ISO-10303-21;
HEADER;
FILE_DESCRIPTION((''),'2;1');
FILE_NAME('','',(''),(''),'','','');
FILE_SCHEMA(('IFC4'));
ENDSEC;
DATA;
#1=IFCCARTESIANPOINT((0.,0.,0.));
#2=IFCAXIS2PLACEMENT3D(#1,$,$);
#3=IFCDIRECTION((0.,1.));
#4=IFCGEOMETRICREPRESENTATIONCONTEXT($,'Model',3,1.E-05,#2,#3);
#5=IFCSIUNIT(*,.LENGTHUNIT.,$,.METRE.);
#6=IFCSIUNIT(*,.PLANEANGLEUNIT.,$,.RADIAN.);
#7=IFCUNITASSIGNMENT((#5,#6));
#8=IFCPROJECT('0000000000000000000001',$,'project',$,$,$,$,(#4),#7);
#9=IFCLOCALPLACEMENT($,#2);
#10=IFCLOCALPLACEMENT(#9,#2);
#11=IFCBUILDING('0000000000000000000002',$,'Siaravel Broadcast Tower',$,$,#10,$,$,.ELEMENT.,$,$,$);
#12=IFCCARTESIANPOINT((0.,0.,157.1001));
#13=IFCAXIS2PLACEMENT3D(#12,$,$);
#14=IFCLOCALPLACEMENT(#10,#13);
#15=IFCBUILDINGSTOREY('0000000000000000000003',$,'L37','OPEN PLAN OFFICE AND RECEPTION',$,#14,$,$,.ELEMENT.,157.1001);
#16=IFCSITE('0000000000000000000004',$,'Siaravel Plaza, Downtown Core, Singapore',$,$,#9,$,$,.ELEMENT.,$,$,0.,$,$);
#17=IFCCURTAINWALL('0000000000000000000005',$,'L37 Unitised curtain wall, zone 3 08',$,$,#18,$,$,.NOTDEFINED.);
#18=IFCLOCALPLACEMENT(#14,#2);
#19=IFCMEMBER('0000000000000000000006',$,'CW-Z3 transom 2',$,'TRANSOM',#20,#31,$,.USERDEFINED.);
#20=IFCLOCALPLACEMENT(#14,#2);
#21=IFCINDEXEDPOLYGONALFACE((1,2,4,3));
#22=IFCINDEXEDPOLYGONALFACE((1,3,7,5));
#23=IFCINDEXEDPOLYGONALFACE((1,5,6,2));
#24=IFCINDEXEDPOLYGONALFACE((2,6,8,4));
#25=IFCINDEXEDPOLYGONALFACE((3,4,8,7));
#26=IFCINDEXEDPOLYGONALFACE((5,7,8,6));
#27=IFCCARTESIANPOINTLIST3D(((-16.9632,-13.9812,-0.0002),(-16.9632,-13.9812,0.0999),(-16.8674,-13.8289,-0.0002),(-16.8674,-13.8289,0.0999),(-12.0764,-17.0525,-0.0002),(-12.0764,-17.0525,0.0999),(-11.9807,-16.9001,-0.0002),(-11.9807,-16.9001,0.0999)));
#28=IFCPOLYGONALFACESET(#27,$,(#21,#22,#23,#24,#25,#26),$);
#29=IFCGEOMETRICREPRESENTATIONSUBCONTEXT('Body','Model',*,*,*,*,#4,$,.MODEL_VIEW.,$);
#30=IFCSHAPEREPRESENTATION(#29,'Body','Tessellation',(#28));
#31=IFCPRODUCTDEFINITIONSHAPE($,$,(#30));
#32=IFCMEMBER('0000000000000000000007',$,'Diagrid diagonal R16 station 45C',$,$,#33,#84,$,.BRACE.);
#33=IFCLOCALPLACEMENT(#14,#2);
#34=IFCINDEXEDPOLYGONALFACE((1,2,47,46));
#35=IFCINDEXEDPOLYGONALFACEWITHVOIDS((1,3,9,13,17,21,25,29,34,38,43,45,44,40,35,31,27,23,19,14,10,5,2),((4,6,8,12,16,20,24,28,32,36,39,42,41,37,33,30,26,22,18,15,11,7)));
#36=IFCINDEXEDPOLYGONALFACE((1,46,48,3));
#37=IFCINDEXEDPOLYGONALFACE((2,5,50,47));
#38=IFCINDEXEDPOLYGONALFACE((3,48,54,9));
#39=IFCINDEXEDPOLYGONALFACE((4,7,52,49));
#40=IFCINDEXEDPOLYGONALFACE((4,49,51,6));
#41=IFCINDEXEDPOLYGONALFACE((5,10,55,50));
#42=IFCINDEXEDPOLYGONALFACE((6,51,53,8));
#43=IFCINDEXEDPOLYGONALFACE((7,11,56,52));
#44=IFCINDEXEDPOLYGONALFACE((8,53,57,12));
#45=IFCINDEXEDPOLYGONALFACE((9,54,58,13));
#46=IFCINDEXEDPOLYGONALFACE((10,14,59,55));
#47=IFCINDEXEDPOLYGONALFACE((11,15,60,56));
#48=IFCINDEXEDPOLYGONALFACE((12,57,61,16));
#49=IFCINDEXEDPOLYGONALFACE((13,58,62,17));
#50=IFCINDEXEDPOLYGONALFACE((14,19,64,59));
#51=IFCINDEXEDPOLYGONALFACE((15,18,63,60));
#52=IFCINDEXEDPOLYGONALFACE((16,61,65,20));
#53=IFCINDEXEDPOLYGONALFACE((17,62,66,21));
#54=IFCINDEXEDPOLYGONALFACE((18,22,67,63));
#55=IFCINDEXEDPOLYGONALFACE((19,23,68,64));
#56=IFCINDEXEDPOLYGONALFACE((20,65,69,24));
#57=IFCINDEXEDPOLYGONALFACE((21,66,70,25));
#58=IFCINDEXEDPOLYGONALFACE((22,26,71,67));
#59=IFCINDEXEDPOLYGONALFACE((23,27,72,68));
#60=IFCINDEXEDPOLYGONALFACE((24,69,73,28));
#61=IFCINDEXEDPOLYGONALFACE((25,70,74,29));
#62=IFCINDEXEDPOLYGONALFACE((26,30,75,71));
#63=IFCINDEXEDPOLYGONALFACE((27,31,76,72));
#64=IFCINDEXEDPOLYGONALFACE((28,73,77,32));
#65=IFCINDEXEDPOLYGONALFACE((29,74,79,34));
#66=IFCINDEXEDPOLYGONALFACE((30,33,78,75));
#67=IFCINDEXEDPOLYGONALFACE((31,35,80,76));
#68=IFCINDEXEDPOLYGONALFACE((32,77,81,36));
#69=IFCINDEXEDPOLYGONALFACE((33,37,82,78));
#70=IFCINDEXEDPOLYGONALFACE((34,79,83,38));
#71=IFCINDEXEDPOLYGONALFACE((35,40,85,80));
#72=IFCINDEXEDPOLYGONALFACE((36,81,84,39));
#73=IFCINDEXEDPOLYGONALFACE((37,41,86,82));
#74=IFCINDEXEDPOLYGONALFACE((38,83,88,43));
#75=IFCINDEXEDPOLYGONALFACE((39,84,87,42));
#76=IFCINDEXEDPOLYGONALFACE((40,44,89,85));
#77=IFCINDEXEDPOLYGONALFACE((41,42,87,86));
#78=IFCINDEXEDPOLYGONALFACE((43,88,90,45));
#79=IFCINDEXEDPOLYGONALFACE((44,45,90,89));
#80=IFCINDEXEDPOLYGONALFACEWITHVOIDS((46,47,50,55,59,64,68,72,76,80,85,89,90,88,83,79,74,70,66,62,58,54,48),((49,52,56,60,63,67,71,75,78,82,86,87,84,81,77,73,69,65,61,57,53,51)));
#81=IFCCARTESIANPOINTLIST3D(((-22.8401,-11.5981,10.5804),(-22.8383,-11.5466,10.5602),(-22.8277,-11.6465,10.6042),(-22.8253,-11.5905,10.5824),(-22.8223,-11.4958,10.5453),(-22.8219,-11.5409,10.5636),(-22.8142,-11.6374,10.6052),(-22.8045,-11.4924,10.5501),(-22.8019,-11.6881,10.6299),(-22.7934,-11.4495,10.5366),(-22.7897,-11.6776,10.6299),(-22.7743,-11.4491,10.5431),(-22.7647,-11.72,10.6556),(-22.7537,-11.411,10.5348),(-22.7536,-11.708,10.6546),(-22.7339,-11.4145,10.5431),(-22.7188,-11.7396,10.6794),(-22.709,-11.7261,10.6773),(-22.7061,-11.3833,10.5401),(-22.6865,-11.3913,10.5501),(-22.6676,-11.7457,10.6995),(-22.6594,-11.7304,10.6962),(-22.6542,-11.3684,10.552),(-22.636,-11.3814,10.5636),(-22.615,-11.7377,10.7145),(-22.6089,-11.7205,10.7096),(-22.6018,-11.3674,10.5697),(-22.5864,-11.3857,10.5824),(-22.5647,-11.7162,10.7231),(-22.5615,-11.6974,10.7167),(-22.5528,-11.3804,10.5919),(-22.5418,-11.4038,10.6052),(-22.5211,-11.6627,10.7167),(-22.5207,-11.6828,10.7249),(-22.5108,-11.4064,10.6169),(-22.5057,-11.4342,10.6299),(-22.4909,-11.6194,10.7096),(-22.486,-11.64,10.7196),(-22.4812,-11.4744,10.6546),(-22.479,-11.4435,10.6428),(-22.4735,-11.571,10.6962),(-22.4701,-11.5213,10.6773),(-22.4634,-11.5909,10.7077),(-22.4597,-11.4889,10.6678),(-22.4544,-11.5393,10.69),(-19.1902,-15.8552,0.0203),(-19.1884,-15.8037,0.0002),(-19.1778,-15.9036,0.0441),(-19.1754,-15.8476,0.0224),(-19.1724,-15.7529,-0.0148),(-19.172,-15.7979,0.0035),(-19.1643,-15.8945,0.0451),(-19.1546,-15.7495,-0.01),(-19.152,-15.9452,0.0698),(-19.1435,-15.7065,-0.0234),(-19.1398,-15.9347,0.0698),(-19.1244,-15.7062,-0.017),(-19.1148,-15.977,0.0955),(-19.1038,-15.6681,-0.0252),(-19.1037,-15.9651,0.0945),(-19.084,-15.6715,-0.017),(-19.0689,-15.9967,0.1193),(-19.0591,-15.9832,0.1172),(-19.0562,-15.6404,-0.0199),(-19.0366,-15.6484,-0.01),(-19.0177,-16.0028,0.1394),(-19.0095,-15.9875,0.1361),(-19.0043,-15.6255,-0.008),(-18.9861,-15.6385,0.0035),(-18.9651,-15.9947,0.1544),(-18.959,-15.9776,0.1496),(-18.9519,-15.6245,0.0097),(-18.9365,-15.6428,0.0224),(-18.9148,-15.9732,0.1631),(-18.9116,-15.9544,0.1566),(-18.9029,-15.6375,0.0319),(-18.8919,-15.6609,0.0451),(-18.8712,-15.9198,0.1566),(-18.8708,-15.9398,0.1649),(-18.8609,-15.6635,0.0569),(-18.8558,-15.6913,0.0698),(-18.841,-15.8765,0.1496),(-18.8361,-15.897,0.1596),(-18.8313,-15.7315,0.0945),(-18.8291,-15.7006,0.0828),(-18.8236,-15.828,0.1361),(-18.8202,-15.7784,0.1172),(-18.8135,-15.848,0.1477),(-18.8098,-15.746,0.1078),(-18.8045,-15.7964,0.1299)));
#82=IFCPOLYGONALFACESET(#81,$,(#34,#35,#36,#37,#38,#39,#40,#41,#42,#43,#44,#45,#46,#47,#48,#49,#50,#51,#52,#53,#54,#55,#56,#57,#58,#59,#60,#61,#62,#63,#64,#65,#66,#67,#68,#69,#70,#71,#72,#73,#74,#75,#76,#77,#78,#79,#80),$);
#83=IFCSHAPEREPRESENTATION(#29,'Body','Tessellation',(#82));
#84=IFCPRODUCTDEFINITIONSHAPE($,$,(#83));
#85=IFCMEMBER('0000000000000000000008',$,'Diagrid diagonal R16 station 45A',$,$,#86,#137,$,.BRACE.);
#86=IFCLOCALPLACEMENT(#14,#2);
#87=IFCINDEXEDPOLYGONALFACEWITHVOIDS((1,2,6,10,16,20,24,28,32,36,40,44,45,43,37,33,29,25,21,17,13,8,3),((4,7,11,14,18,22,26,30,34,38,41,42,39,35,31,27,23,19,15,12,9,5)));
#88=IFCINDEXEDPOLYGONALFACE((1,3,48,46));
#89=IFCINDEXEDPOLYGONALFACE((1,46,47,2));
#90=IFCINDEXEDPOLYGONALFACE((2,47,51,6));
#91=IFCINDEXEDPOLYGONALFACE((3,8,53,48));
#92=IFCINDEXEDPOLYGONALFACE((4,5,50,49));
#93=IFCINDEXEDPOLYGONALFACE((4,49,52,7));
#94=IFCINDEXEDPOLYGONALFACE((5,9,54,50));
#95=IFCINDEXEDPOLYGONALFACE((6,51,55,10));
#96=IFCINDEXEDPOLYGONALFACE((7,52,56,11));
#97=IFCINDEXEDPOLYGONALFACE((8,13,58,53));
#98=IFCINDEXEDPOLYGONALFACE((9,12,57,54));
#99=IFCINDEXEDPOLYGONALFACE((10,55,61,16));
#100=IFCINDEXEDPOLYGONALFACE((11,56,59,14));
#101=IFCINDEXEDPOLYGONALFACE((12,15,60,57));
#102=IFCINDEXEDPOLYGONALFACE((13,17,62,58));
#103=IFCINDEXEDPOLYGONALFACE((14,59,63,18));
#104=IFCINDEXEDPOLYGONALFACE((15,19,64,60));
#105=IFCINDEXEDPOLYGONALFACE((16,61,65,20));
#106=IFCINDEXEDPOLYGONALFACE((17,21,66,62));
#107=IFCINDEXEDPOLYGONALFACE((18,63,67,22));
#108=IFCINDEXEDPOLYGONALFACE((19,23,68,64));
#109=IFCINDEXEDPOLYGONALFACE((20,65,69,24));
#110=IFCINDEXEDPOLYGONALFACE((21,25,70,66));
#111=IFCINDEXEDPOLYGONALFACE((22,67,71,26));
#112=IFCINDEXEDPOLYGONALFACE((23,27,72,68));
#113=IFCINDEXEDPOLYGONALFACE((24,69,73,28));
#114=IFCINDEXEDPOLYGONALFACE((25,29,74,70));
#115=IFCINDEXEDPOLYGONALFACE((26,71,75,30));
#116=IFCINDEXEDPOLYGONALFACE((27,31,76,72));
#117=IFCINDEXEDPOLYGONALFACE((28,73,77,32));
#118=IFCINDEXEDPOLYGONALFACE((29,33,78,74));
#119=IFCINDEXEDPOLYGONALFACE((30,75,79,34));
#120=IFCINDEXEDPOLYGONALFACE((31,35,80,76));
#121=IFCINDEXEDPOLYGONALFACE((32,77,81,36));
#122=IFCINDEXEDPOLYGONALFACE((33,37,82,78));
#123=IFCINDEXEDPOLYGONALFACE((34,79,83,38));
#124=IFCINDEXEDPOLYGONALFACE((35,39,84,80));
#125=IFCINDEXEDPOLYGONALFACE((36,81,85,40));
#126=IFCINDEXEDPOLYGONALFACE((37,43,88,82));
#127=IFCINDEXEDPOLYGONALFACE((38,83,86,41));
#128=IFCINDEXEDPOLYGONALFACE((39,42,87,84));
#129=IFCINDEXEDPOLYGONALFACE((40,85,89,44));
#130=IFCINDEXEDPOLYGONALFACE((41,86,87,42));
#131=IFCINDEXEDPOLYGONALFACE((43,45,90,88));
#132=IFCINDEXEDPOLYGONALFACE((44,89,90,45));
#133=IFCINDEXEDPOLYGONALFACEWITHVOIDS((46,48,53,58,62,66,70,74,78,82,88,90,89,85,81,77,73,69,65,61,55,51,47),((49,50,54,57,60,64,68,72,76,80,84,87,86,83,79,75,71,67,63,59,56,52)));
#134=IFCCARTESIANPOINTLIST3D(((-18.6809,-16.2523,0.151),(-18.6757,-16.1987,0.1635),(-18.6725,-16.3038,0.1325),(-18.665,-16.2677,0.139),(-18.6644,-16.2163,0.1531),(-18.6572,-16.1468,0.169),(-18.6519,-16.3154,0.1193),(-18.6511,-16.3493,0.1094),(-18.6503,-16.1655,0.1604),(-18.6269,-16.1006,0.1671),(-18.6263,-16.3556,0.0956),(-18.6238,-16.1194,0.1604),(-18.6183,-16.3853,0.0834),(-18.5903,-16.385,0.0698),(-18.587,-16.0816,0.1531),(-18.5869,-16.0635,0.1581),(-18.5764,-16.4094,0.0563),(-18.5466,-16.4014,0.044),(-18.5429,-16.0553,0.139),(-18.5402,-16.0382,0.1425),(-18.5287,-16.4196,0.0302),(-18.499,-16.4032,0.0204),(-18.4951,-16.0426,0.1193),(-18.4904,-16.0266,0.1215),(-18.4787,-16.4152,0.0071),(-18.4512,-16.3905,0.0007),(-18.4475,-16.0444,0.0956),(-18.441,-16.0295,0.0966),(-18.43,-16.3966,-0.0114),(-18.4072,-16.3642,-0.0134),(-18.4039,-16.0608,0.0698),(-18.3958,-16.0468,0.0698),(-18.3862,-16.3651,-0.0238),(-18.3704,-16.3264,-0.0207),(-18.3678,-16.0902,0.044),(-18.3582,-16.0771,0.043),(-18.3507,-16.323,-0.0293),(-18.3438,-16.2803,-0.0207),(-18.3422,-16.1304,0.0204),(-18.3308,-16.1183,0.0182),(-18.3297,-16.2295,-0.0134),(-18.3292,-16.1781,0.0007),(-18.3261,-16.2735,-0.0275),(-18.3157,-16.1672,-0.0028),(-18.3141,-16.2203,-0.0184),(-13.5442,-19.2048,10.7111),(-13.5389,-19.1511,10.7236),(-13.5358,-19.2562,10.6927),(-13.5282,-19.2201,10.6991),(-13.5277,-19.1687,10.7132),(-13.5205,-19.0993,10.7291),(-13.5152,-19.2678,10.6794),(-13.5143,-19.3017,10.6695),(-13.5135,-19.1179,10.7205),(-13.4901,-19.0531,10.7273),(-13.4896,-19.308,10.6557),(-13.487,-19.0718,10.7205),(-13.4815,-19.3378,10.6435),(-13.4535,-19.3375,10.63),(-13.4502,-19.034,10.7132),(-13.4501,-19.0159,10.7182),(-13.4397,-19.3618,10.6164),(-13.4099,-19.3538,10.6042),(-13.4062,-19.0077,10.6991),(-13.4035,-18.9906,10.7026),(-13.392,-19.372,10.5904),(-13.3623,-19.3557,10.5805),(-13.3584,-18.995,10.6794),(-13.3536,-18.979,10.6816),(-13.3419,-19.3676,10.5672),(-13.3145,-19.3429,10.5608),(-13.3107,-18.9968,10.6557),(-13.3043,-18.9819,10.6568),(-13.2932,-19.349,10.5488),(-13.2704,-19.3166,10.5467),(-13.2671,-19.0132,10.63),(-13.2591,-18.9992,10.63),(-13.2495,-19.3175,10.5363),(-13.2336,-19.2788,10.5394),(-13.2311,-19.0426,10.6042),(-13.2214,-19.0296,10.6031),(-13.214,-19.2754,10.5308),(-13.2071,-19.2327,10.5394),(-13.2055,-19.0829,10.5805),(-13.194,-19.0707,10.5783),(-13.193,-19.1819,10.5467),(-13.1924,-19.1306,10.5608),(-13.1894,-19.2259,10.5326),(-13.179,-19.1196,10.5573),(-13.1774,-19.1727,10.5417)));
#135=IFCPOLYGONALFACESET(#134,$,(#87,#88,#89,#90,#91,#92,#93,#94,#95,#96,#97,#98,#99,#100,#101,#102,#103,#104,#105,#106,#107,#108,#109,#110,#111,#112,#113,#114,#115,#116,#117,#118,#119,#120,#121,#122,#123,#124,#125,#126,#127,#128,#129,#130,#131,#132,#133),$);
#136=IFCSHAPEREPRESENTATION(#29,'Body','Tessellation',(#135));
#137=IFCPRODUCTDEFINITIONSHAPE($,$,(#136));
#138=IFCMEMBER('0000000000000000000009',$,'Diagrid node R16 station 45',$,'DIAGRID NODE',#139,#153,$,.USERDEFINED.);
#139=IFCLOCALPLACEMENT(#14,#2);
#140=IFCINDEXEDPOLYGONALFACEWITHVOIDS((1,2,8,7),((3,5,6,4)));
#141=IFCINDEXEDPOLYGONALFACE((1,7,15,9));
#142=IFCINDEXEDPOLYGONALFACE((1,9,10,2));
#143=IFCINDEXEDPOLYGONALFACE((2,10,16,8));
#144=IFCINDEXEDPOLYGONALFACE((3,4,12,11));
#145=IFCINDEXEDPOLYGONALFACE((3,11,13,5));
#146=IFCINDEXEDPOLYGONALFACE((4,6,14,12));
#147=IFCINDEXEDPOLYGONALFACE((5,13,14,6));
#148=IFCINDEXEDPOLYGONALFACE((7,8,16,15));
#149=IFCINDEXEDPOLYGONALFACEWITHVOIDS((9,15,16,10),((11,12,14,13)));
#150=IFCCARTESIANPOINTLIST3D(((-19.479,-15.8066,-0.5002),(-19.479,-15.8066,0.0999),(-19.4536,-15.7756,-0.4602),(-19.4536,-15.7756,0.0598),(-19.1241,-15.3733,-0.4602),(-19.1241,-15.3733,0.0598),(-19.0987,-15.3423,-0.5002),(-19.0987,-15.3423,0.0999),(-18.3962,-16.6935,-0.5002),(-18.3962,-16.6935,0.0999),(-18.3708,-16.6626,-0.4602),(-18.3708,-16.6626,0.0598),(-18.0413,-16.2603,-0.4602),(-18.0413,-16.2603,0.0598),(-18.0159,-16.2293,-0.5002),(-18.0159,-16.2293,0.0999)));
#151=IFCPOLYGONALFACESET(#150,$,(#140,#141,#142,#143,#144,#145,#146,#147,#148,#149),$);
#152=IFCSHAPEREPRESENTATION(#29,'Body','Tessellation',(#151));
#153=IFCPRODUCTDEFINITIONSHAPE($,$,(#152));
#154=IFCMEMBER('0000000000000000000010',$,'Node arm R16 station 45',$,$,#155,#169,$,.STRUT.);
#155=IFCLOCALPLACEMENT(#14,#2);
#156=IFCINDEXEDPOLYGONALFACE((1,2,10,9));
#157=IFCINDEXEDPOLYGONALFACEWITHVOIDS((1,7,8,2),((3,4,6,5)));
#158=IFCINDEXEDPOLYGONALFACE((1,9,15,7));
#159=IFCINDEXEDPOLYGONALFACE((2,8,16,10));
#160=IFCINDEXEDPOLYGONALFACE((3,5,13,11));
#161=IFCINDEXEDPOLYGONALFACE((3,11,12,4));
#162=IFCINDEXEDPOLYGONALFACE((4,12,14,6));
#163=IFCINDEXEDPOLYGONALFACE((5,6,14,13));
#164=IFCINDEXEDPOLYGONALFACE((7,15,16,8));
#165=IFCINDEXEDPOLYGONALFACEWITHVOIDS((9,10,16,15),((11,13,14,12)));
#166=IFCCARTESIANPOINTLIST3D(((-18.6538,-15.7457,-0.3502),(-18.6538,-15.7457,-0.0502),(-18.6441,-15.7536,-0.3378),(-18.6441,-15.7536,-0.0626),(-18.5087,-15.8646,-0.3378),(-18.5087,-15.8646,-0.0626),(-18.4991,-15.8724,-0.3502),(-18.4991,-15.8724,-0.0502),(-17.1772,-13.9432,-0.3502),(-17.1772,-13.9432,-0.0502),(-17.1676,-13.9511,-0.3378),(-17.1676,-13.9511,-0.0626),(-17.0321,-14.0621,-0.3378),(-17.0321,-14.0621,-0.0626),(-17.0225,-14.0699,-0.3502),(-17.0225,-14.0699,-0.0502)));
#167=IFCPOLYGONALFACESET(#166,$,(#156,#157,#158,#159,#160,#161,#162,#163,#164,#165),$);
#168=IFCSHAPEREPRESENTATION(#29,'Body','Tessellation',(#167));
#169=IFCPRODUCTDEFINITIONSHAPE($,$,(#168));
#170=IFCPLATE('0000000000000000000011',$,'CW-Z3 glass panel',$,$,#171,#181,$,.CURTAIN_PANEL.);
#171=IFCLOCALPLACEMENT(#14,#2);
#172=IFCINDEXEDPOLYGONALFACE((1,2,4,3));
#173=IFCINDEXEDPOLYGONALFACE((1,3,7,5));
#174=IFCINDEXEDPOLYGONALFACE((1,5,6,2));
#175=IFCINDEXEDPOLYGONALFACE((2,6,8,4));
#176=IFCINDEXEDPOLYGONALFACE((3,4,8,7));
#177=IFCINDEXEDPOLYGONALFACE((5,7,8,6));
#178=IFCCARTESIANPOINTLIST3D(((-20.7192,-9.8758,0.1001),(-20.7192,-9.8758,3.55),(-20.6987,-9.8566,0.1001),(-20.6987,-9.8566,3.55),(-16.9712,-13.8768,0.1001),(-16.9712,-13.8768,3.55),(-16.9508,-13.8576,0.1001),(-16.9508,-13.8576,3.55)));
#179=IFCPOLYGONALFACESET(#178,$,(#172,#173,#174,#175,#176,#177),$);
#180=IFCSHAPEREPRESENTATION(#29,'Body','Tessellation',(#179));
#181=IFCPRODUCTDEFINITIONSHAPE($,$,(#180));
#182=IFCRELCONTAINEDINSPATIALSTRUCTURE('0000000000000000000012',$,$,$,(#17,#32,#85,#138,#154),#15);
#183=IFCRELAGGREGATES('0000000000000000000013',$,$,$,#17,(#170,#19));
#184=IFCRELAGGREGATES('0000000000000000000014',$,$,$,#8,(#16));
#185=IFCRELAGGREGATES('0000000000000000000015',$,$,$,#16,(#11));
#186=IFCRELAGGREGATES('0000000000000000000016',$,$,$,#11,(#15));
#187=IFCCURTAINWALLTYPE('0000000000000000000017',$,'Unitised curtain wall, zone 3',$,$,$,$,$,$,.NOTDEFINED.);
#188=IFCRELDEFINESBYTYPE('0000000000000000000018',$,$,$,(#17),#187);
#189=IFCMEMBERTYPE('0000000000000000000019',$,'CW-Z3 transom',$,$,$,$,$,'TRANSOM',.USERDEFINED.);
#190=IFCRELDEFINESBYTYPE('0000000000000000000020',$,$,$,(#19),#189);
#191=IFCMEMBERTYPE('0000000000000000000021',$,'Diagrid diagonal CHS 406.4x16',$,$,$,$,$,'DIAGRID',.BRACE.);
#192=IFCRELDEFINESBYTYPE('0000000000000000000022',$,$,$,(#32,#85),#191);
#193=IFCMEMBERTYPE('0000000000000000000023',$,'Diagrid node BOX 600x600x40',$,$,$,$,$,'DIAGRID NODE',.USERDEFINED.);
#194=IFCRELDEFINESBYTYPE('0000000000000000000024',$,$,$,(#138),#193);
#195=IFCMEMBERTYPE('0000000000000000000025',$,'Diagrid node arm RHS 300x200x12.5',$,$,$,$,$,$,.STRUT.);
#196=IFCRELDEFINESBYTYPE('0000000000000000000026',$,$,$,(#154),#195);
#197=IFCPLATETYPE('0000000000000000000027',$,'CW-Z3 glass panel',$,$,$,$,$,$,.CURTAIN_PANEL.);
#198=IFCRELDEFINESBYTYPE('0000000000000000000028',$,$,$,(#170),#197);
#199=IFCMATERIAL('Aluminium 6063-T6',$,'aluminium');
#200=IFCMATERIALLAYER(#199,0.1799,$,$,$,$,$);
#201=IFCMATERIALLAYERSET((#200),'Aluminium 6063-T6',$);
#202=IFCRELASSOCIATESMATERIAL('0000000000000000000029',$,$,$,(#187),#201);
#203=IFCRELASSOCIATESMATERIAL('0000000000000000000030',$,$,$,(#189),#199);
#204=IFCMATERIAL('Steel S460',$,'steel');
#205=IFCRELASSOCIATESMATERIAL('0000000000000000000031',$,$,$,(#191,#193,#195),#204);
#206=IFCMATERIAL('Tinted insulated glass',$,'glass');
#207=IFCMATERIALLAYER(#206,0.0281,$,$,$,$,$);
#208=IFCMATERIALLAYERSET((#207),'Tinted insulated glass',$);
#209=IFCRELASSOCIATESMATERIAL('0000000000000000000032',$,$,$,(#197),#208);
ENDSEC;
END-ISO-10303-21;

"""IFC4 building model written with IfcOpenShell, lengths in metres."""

from ifc_helpers import new_model, si_unit, direction, frame, origin, origin_2d, place, context, subcontext, project, spatial, rectangle, hollow_rectangle, hollow_circle, extrude, material, layer, layer_set, material_profile, profile_set, type_object, element, aggregate, save


model = new_model("IFC4")

# Units and contexts
model_context = context("Model", 3, precision=1e-05, world=origin(), true_north=direction((0.0, 1.0)))
body_context = subcontext(model_context, "Body", "Model", "MODEL_VIEW")
ifc_project = project(units=[si_unit("LENGTHUNIT", "METRE"), si_unit("PLANEANGLEUNIT", "RADIAN")], contexts=[model_context])

# Site, building, storey
site_placement = place(None, origin())
site = spatial("IfcSite", under=ifc_project, at=site_placement, Name="Siaravel Plaza, Downtown Core, Singapore", CompositionType="ELEMENT", RefElevation=0.0)
building_placement = place(site_placement, origin())
building = spatial("IfcBuilding", under=site, at=building_placement, Name="Siaravel Broadcast Tower", CompositionType="ELEMENT")
storey_placement = place(building_placement, frame((0.0, 0.0, 157.1001)))
storey = spatial("IfcBuildingStorey", under=building, at=storey_placement, Name="L37", Description="OPEN PLAN OFFICE AND RECEPTION", CompositionType="ELEMENT", Elevation=157.1001)

# Shared definitions
ifc_material_1 = material(Name="Aluminium 6063-T6", Category="aluminium")
ifc_layer_1 = layer(ifc_material_1, 0.1799)
ifc_layer_set_1 = layer_set([ifc_layer_1], Name="Aluminium 6063-T6")
curtain_wall_type = type_object("IfcCurtainWallType", Name="Unitised curtain wall, zone 3", PredefinedType="NOTDEFINED", material=ifc_layer_set_1)

# Curtain wall, member
curtain_wall_1_placement = place(storey_placement, origin())
curtain_wall_1 = element("IfcCurtainWall", 1, at=curtain_wall_1_placement, inside=storey, type_object=curtain_wall_type, Name="L37 Unitised curtain wall, zone 3 08", PredefinedType="NOTDEFINED")
ifc_material_profile_1 = material_profile(ifc_material_1, rectangle(XDim=0.1799, YDim=0.1001, at=origin_2d()))
ifc_profile_set_1 = profile_set([ifc_material_profile_1], Name="Aluminium 6063-T6")
member_type_1 = type_object("IfcMemberType", Name="CW-Z3 transom", ElementType="TRANSOM", PredefinedType="USERDEFINED", material=ifc_profile_set_1)
member_1_placement = place(storey_placement, frame((-16.9153, -13.905, 0.0498), z_axis=(0.846665, -0.532126, 0.0), x_axis=(0.532126, 0.846665, 0.0)))
member_1 = element("IfcMember", 2, at=member_1_placement, type_object=member_type_1, Name="CW-Z3 transom 2", ObjectType="TRANSOM", PredefinedType="USERDEFINED", context=body_context, shape_type="SweptSolid", body=[
    extrude(rectangle(XDim=0.1799, YDim=0.1001, at=origin_2d()), origin(), (0.0, 0.0, 1.0), 5.7717),
])

# Members
ifc_material_2 = material(Name="Steel S460", Category="steel")
ifc_material_profile_2 = material_profile(ifc_material_2, hollow_circle(Radius=0.2031, WallThickness=0.0161, at=origin_2d()))
ifc_profile_set_2 = profile_set([ifc_material_profile_2], Name="Steel S460")
member_type_2 = type_object("IfcMemberType", Name="Diagrid diagonal CHS 406.4x16", ElementType="DIAGRID", PredefinedType="BRACE", material=ifc_profile_set_2)
member_2_placement = place(storey_placement, frame((-18.9978, -15.813, 0.0698), z_axis=(-0.305264, 0.356046, 0.883202), x_axis=(-0.759171, -0.650892, 0.0)))
element("IfcMember", 3, at=member_2_placement, inside=storey, type_object=member_type_2, Name="Diagrid diagonal R16 station 45C", PredefinedType="BRACE", context=body_context, shape_type="SweptSolid", body=[
    extrude(hollow_circle(Radius=0.2031, WallThickness=0.0161, at=origin_2d()), origin(), (0.0, 0.0, 1.0), 11.9565),
])
member_3_placement = place(storey_placement, frame((-18.4971, -16.2229, 0.0698), z_axis=(0.424222, -0.243827, 0.872115), x_axis=(0.498316, 0.866995, 0.0)))
element("IfcMember", 4, at=member_3_placement, inside=storey, type_object=member_type_2, Name="Diagrid diagonal R16 station 45A", PredefinedType="BRACE", context=body_context, shape_type="SweptSolid", body=[
    extrude(hollow_circle(Radius=0.2031, WallThickness=0.0161, at=origin_2d()), origin(), (0.0, 0.0, 1.0), 12.1086),
])
ifc_material_profile_3 = material_profile(ifc_material_2, hollow_rectangle(XDim=0.6001, YDim=0.6001, WallThickness=0.04, at=origin_2d()))
ifc_profile_set_3 = profile_set([ifc_material_profile_3], Name="Steel S460")
member_type_3 = type_object("IfcMemberType", Name="Diagrid node BOX 600x600x40", ElementType="DIAGRID NODE", PredefinedType="USERDEFINED", material=ifc_profile_set_3)
member_4_placement = place(storey_placement, frame((-19.2888, -15.5745, -0.2002), z_axis=(0.773584, -0.633694, 0.0), x_axis=(0.633694, 0.773584, 0.0)))
element("IfcMember", 5, at=member_4_placement, inside=storey, type_object=member_type_3, Name="Diagrid node R16 station 45", ObjectType="DIAGRID NODE", PredefinedType="USERDEFINED", context=body_context, shape_type="SweptSolid", body=[
    extrude(hollow_rectangle(XDim=0.6001, YDim=0.6001, WallThickness=0.04, at=origin_2d()), origin(), (0.0, 0.0, 1.0), 1.3997),
])
ifc_material_profile_4 = material_profile(ifc_material_2, hollow_rectangle(XDim=0.2, YDim=0.3, WallThickness=0.0125, at=origin_2d()))
ifc_profile_set_4 = profile_set([ifc_material_profile_4], Name="Steel S460")
member_type_4 = type_object("IfcMemberType", Name="Diagrid node arm RHS 300x200x12.5", PredefinedType="STRUT", material=ifc_profile_set_4)
member_5_placement = place(storey_placement, frame((-17.0999, -14.0066, -0.2002), z_axis=(-0.6337, -0.773579, 0.0), x_axis=(0.773579, -0.6337, 0.0)))
element("IfcMember", 6, at=member_5_placement, inside=storey, type_object=member_type_4, Name="Node arm R16 station 45", PredefinedType="STRUT", context=body_context, shape_type="SweptSolid", body=[
    extrude(hollow_rectangle(XDim=0.2, YDim=0.3, WallThickness=0.0125, at=origin_2d()), origin(), (0.0, 0.0, 1.0), 2.3301),
])

# Plate
ifc_material_3 = material(Name="Tinted insulated glass", Category="glass")
ifc_layer_2 = layer(ifc_material_3, 0.0281)
ifc_layer_set_2 = layer_set([ifc_layer_2], Name="Tinted insulated glass")
plate_type = type_object("IfcPlateType", Name="CW-Z3 glass panel", PredefinedType="CURTAIN_PANEL", material=ifc_layer_set_2)
plate_1_placement = place(storey_placement, frame((-18.835, -11.8667, 0.1001), z_axis=(0.0, 0.0, 1.0), x_axis=(0.683654, -0.729806, 0.0)))
plate_1 = element("IfcPlate", 7, at=plate_1_placement, type_object=plate_type, Name="CW-Z3 glass panel", PredefinedType="CURTAIN_PANEL", context=body_context, shape_type="SweptSolid", body=[
    extrude(rectangle(XDim=5.4822, YDim=0.0281, at=origin_2d()), origin(), (0.0, 0.0, 1.0), 3.45),
])
aggregate(curtain_wall_1, [plate_1, member_1])

save(model, "model.ifc")
